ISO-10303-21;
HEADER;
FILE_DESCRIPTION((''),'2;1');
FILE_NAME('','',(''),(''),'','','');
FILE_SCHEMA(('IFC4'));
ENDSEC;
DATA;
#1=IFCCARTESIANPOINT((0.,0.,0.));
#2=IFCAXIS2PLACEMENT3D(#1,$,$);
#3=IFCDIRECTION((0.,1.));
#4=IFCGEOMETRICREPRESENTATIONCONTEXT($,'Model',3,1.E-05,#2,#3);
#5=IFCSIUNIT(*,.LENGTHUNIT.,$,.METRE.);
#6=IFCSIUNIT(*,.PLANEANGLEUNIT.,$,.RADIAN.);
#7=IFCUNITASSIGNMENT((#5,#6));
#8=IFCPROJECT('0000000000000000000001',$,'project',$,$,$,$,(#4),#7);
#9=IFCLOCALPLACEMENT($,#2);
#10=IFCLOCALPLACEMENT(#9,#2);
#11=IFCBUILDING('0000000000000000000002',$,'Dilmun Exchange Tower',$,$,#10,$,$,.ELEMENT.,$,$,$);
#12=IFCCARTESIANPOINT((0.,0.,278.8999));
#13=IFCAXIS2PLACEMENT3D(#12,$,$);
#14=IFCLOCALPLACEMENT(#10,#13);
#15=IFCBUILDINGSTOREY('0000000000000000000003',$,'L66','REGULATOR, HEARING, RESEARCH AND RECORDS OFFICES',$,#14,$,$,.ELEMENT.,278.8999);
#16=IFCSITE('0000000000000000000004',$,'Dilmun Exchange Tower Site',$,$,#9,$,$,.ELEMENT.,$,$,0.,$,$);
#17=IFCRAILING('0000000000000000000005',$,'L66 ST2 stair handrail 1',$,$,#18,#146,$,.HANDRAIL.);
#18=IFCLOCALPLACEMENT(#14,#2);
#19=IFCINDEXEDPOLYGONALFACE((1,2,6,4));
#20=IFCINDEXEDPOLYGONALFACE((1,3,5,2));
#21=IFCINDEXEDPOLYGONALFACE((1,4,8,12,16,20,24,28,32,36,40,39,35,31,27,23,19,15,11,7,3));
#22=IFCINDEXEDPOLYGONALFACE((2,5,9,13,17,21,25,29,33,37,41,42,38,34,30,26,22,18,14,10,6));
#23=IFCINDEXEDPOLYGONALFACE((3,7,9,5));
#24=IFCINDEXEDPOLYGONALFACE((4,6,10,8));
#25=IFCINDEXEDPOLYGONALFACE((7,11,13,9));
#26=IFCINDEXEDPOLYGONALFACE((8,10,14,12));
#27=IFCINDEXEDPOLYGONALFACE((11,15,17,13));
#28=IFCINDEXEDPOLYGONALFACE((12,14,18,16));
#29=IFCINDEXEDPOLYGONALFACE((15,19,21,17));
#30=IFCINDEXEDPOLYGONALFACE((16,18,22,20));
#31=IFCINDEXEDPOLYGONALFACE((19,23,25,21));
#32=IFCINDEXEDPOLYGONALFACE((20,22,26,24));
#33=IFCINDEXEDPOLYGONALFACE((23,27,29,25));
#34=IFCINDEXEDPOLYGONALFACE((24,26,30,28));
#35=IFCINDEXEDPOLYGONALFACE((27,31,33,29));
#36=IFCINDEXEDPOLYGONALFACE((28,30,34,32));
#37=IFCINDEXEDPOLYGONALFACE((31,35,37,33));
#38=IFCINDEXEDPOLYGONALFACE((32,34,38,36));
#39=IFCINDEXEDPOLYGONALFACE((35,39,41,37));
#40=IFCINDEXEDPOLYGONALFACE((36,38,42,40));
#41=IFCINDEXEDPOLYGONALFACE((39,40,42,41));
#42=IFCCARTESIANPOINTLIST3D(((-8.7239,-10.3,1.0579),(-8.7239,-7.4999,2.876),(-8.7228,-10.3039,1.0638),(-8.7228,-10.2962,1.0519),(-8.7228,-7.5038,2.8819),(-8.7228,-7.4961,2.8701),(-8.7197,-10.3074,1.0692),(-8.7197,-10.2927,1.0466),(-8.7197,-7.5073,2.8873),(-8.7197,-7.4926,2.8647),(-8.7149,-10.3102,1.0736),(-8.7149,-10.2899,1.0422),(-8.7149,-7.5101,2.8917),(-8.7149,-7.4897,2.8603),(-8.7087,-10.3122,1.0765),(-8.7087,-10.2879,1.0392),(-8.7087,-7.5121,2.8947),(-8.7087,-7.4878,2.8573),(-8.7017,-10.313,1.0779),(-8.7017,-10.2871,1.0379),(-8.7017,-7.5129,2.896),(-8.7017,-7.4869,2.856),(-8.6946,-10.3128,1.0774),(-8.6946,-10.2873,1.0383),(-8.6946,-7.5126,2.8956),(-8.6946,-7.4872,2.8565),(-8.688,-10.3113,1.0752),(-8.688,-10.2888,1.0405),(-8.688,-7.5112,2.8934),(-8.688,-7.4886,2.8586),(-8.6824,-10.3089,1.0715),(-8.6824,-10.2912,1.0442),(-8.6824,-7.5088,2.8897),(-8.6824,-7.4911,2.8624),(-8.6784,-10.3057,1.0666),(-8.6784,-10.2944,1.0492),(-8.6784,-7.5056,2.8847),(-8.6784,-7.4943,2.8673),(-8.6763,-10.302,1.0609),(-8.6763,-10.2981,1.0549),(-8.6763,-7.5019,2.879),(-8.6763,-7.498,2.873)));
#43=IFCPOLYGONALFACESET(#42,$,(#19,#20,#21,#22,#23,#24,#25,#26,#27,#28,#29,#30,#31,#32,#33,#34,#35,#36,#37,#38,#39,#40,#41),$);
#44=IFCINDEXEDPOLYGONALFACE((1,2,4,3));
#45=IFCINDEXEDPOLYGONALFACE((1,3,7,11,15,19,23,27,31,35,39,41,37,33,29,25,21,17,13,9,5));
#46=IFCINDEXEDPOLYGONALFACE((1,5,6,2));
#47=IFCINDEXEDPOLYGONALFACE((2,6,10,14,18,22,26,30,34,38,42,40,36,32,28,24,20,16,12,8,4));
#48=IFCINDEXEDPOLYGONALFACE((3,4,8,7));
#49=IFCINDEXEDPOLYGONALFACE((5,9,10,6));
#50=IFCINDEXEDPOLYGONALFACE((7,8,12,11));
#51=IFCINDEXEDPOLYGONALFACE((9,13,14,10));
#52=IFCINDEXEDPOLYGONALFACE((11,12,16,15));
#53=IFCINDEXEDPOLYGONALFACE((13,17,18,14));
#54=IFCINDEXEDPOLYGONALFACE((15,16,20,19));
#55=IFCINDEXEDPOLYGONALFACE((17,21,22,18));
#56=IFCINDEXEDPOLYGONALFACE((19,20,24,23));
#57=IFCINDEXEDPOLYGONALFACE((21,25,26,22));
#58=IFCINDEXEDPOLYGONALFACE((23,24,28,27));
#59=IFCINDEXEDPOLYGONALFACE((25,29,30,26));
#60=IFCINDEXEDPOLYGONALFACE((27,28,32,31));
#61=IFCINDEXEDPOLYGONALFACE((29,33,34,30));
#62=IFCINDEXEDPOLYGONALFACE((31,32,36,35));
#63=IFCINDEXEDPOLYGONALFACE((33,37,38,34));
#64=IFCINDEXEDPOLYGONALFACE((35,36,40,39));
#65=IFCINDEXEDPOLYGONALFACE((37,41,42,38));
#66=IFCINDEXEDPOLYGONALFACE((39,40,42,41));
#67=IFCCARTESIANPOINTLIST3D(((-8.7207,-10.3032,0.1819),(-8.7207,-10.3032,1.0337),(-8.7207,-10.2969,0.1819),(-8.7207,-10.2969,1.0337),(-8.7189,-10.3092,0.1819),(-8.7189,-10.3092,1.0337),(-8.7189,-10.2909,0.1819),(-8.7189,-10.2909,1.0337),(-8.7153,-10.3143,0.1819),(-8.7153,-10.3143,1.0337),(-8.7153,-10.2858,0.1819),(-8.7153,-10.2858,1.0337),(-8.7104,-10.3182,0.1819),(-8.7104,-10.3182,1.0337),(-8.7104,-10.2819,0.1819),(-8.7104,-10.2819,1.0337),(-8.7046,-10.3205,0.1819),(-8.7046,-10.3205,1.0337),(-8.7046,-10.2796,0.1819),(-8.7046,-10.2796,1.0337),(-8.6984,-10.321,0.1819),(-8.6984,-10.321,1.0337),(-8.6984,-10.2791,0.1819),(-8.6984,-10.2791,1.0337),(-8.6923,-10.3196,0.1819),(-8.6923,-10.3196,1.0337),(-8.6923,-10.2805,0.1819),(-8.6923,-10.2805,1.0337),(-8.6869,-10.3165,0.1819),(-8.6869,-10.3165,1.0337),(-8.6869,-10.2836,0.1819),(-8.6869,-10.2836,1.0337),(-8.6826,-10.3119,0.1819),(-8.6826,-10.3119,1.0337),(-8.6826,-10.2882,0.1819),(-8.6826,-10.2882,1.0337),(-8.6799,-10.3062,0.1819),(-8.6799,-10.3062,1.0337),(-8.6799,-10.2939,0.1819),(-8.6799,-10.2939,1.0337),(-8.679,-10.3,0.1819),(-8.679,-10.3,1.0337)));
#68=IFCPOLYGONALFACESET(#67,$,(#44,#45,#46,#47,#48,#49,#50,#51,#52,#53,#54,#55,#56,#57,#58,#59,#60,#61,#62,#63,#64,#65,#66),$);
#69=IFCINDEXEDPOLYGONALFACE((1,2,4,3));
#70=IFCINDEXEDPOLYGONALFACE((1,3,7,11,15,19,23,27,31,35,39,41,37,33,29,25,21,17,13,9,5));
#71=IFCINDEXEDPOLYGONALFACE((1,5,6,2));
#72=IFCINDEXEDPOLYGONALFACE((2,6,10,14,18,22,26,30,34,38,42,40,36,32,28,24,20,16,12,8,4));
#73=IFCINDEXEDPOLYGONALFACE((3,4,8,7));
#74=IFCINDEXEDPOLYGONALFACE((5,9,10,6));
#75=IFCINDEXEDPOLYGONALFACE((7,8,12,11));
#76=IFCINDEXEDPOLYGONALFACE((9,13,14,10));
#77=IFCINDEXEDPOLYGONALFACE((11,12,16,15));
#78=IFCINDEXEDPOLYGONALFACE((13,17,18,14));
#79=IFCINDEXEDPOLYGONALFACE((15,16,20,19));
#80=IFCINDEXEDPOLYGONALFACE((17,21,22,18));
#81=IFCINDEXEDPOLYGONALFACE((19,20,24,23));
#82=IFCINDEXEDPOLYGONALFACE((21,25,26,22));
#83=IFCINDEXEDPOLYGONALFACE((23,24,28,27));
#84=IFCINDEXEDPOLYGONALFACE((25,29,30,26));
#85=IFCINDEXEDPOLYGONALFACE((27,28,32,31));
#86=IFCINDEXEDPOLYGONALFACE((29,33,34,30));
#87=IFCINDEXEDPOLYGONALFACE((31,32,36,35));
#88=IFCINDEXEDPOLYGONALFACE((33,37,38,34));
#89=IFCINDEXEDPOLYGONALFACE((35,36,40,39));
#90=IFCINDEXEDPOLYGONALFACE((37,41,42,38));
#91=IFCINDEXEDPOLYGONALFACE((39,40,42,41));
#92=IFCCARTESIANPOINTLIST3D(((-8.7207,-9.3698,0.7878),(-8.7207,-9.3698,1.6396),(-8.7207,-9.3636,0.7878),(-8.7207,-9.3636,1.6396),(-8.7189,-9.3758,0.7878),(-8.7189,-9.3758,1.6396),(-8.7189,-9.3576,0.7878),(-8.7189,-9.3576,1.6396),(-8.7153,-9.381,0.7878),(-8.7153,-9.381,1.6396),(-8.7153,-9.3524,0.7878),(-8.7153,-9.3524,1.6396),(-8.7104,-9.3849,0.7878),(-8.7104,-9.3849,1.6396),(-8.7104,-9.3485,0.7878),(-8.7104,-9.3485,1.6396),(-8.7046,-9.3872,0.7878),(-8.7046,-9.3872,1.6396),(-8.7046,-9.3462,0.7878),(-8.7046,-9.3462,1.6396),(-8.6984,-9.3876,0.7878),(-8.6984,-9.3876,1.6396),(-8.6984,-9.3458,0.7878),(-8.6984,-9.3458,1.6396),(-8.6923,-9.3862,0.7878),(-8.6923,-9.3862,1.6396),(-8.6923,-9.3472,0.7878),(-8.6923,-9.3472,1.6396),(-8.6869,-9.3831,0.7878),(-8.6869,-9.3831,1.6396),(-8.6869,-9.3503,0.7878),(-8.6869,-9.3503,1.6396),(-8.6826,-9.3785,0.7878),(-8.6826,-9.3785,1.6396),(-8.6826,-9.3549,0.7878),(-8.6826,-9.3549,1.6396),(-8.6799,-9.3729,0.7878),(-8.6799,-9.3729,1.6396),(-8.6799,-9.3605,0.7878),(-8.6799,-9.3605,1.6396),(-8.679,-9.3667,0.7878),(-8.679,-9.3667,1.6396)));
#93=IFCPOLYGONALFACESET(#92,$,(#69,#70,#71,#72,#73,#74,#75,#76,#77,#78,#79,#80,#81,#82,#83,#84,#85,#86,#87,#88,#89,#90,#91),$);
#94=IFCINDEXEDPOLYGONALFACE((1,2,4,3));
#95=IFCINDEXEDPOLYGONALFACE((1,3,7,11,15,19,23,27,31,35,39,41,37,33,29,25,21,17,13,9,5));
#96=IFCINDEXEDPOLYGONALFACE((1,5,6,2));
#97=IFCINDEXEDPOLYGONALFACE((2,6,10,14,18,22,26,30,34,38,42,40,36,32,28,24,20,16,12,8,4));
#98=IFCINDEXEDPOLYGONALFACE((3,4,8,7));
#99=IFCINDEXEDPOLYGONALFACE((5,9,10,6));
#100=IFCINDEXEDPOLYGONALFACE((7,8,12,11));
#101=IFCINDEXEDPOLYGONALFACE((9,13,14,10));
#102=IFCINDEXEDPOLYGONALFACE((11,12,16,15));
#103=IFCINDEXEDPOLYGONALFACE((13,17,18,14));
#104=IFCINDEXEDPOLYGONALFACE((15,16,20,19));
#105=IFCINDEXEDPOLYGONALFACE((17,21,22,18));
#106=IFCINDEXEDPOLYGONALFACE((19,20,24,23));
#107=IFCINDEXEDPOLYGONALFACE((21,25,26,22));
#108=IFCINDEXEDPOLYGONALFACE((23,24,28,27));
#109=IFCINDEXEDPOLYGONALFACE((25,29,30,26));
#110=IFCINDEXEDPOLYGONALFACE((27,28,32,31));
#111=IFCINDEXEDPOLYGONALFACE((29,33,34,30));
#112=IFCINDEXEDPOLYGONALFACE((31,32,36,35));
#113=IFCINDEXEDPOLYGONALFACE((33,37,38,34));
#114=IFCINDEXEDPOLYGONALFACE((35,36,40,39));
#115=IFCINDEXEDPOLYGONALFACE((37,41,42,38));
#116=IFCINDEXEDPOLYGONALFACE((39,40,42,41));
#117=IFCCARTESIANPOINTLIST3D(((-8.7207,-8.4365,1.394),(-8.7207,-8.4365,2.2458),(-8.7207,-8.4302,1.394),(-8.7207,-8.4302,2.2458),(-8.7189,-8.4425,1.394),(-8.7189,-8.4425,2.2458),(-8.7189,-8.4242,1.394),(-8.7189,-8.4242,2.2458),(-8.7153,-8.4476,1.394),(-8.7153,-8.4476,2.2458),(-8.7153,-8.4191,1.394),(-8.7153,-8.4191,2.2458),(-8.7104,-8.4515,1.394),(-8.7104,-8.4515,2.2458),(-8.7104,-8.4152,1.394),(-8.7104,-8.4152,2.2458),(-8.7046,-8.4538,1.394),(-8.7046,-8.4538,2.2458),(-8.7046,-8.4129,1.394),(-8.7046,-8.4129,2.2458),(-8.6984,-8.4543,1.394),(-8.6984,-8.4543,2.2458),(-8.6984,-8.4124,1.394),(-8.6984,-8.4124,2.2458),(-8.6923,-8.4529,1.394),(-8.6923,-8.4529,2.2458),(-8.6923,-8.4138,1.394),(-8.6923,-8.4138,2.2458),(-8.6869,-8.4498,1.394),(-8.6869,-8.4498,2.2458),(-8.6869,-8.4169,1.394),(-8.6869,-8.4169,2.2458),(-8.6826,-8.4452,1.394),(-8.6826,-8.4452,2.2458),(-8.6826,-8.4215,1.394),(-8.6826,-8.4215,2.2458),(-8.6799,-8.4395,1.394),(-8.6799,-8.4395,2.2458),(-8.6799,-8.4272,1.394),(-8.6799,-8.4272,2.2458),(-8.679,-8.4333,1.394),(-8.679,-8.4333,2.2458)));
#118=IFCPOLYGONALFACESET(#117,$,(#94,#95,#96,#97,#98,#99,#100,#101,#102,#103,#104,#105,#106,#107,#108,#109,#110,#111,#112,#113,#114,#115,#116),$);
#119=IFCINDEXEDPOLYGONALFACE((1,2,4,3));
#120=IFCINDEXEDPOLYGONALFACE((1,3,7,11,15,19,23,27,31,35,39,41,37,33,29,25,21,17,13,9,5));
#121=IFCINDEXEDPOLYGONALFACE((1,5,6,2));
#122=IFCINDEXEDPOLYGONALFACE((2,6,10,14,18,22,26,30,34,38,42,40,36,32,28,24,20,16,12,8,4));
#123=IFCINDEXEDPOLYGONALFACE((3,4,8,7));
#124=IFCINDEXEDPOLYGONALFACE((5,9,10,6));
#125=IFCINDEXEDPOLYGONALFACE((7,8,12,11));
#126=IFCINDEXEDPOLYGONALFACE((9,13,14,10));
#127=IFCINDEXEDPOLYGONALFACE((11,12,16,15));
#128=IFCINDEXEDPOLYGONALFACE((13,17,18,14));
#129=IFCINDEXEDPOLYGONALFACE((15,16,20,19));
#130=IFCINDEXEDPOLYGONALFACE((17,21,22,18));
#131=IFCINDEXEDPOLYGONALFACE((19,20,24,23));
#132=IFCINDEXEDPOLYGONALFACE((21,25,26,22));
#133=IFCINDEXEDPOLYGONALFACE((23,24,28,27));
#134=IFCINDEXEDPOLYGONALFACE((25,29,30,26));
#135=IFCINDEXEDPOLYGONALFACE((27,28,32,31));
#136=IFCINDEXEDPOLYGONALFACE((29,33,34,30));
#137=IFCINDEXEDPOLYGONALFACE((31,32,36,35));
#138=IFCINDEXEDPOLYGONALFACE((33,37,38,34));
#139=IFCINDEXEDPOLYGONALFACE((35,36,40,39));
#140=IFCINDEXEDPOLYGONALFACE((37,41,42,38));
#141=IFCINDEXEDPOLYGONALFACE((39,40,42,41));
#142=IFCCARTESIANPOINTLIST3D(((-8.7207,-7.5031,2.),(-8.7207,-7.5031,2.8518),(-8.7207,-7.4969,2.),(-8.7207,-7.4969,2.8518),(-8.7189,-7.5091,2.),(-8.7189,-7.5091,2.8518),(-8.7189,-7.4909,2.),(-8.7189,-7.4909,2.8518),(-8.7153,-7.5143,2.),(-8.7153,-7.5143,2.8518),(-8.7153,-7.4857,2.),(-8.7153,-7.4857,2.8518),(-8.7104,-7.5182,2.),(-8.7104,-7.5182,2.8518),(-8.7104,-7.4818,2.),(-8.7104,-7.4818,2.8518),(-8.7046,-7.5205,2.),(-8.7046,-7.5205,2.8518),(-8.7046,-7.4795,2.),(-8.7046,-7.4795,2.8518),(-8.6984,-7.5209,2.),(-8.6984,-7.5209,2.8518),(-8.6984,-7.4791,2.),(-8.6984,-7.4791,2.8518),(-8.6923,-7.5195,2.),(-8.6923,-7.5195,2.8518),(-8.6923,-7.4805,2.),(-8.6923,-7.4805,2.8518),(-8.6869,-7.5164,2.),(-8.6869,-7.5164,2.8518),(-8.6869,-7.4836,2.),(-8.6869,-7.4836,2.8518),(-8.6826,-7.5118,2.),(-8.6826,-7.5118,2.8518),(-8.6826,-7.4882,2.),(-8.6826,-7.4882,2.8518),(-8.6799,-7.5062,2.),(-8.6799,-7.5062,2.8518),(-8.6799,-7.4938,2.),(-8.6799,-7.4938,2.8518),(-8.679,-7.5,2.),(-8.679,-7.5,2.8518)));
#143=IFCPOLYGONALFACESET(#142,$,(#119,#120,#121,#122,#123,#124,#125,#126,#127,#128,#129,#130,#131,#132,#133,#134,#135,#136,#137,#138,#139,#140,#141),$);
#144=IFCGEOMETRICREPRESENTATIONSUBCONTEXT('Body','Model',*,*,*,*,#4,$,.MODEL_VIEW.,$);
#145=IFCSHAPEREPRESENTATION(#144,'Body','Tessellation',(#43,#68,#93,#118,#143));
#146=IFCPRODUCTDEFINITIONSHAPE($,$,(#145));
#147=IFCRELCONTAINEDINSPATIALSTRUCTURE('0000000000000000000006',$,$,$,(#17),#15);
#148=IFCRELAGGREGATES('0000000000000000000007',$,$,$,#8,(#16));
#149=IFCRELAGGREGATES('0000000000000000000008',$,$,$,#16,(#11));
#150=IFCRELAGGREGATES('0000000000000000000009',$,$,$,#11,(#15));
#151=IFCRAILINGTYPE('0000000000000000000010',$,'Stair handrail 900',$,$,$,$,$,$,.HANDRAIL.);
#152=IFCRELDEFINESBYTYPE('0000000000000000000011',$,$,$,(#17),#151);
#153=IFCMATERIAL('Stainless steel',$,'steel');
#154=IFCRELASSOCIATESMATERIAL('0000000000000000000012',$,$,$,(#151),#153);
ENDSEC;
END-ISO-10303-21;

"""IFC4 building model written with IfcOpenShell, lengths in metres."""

from ifc_helpers import new_model, si_unit, direction, frame, origin, origin_2d, place, context, subcontext, project, spatial, circle, extrude, material, type_object, element, save


model = new_model("IFC4")

# Units and contexts
model_context = context("Model", 3, precision=1e-05, world=origin(), true_north=direction((0.0, 1.0)))
body_context = subcontext(model_context, "Body", "Model", "MODEL_VIEW")
ifc_project = project(units=[si_unit("LENGTHUNIT", "METRE"), si_unit("PLANEANGLEUNIT", "RADIAN")], contexts=[model_context])

# Site, building, storey
site_placement = place(None, origin())
site = spatial("IfcSite", under=ifc_project, at=site_placement, Name="Dilmun Exchange Tower Site", CompositionType="ELEMENT", RefElevation=0.0)
building_placement = place(site_placement, origin())
building = spatial("IfcBuilding", under=site, at=building_placement, Name="Dilmun Exchange Tower", CompositionType="ELEMENT")
storey_placement = place(building_placement, frame((0.0, 0.0, 278.8999)))
storey = spatial("IfcBuildingStorey", under=building, at=storey_placement, Name="L66", Description="REGULATOR, HEARING, RESEARCH AND RECORDS OFFICES", CompositionType="ELEMENT", Elevation=278.8999)

# Railing
ifc_material_1 = material(Name="Stainless steel", Category="steel")
railing_type = type_object("IfcRailingType", Name="Stair handrail 900", PredefinedType="HANDRAIL", material=ifc_material_1)
railing_placement = place(storey_placement, frame((-8.7, -10.3, 0.1819)))
element("IfcRailing", 1, at=railing_placement, inside=storey, type_object=railing_type, Name="L66 ST2 stair handrail 1", PredefinedType="HANDRAIL", context=body_context, shape_type="SweptSolid", body=[
    extrude(circle(Radius=0.0239, at=origin_2d()), frame((0.0, 0.0, 0.876), z_axis=(0.0, 0.838706, 0.544585), x_axis=(-1.0, 0.0, 0.0)), (0.0, 0.0, 1.0), 3.3386),
    extrude(circle(Radius=0.021, at=origin_2d()), origin(), (0.0, 0.0, 1.0), 0.8518),
    extrude(circle(Radius=0.021, at=origin_2d()), frame((0.0, 0.9333, 0.606)), (0.0, 0.0, 1.0), 0.8518),
    extrude(circle(Radius=0.021, at=origin_2d()), frame((0.0, 1.8667, 1.2122)), (0.0, 0.0, 1.0), 0.8518),
    extrude(circle(Radius=0.021, at=origin_2d()), frame((0.0, 2.8, 1.8181)), (0.0, 0.0, 1.0), 0.8518),
])

save(model, "model.ifc")
